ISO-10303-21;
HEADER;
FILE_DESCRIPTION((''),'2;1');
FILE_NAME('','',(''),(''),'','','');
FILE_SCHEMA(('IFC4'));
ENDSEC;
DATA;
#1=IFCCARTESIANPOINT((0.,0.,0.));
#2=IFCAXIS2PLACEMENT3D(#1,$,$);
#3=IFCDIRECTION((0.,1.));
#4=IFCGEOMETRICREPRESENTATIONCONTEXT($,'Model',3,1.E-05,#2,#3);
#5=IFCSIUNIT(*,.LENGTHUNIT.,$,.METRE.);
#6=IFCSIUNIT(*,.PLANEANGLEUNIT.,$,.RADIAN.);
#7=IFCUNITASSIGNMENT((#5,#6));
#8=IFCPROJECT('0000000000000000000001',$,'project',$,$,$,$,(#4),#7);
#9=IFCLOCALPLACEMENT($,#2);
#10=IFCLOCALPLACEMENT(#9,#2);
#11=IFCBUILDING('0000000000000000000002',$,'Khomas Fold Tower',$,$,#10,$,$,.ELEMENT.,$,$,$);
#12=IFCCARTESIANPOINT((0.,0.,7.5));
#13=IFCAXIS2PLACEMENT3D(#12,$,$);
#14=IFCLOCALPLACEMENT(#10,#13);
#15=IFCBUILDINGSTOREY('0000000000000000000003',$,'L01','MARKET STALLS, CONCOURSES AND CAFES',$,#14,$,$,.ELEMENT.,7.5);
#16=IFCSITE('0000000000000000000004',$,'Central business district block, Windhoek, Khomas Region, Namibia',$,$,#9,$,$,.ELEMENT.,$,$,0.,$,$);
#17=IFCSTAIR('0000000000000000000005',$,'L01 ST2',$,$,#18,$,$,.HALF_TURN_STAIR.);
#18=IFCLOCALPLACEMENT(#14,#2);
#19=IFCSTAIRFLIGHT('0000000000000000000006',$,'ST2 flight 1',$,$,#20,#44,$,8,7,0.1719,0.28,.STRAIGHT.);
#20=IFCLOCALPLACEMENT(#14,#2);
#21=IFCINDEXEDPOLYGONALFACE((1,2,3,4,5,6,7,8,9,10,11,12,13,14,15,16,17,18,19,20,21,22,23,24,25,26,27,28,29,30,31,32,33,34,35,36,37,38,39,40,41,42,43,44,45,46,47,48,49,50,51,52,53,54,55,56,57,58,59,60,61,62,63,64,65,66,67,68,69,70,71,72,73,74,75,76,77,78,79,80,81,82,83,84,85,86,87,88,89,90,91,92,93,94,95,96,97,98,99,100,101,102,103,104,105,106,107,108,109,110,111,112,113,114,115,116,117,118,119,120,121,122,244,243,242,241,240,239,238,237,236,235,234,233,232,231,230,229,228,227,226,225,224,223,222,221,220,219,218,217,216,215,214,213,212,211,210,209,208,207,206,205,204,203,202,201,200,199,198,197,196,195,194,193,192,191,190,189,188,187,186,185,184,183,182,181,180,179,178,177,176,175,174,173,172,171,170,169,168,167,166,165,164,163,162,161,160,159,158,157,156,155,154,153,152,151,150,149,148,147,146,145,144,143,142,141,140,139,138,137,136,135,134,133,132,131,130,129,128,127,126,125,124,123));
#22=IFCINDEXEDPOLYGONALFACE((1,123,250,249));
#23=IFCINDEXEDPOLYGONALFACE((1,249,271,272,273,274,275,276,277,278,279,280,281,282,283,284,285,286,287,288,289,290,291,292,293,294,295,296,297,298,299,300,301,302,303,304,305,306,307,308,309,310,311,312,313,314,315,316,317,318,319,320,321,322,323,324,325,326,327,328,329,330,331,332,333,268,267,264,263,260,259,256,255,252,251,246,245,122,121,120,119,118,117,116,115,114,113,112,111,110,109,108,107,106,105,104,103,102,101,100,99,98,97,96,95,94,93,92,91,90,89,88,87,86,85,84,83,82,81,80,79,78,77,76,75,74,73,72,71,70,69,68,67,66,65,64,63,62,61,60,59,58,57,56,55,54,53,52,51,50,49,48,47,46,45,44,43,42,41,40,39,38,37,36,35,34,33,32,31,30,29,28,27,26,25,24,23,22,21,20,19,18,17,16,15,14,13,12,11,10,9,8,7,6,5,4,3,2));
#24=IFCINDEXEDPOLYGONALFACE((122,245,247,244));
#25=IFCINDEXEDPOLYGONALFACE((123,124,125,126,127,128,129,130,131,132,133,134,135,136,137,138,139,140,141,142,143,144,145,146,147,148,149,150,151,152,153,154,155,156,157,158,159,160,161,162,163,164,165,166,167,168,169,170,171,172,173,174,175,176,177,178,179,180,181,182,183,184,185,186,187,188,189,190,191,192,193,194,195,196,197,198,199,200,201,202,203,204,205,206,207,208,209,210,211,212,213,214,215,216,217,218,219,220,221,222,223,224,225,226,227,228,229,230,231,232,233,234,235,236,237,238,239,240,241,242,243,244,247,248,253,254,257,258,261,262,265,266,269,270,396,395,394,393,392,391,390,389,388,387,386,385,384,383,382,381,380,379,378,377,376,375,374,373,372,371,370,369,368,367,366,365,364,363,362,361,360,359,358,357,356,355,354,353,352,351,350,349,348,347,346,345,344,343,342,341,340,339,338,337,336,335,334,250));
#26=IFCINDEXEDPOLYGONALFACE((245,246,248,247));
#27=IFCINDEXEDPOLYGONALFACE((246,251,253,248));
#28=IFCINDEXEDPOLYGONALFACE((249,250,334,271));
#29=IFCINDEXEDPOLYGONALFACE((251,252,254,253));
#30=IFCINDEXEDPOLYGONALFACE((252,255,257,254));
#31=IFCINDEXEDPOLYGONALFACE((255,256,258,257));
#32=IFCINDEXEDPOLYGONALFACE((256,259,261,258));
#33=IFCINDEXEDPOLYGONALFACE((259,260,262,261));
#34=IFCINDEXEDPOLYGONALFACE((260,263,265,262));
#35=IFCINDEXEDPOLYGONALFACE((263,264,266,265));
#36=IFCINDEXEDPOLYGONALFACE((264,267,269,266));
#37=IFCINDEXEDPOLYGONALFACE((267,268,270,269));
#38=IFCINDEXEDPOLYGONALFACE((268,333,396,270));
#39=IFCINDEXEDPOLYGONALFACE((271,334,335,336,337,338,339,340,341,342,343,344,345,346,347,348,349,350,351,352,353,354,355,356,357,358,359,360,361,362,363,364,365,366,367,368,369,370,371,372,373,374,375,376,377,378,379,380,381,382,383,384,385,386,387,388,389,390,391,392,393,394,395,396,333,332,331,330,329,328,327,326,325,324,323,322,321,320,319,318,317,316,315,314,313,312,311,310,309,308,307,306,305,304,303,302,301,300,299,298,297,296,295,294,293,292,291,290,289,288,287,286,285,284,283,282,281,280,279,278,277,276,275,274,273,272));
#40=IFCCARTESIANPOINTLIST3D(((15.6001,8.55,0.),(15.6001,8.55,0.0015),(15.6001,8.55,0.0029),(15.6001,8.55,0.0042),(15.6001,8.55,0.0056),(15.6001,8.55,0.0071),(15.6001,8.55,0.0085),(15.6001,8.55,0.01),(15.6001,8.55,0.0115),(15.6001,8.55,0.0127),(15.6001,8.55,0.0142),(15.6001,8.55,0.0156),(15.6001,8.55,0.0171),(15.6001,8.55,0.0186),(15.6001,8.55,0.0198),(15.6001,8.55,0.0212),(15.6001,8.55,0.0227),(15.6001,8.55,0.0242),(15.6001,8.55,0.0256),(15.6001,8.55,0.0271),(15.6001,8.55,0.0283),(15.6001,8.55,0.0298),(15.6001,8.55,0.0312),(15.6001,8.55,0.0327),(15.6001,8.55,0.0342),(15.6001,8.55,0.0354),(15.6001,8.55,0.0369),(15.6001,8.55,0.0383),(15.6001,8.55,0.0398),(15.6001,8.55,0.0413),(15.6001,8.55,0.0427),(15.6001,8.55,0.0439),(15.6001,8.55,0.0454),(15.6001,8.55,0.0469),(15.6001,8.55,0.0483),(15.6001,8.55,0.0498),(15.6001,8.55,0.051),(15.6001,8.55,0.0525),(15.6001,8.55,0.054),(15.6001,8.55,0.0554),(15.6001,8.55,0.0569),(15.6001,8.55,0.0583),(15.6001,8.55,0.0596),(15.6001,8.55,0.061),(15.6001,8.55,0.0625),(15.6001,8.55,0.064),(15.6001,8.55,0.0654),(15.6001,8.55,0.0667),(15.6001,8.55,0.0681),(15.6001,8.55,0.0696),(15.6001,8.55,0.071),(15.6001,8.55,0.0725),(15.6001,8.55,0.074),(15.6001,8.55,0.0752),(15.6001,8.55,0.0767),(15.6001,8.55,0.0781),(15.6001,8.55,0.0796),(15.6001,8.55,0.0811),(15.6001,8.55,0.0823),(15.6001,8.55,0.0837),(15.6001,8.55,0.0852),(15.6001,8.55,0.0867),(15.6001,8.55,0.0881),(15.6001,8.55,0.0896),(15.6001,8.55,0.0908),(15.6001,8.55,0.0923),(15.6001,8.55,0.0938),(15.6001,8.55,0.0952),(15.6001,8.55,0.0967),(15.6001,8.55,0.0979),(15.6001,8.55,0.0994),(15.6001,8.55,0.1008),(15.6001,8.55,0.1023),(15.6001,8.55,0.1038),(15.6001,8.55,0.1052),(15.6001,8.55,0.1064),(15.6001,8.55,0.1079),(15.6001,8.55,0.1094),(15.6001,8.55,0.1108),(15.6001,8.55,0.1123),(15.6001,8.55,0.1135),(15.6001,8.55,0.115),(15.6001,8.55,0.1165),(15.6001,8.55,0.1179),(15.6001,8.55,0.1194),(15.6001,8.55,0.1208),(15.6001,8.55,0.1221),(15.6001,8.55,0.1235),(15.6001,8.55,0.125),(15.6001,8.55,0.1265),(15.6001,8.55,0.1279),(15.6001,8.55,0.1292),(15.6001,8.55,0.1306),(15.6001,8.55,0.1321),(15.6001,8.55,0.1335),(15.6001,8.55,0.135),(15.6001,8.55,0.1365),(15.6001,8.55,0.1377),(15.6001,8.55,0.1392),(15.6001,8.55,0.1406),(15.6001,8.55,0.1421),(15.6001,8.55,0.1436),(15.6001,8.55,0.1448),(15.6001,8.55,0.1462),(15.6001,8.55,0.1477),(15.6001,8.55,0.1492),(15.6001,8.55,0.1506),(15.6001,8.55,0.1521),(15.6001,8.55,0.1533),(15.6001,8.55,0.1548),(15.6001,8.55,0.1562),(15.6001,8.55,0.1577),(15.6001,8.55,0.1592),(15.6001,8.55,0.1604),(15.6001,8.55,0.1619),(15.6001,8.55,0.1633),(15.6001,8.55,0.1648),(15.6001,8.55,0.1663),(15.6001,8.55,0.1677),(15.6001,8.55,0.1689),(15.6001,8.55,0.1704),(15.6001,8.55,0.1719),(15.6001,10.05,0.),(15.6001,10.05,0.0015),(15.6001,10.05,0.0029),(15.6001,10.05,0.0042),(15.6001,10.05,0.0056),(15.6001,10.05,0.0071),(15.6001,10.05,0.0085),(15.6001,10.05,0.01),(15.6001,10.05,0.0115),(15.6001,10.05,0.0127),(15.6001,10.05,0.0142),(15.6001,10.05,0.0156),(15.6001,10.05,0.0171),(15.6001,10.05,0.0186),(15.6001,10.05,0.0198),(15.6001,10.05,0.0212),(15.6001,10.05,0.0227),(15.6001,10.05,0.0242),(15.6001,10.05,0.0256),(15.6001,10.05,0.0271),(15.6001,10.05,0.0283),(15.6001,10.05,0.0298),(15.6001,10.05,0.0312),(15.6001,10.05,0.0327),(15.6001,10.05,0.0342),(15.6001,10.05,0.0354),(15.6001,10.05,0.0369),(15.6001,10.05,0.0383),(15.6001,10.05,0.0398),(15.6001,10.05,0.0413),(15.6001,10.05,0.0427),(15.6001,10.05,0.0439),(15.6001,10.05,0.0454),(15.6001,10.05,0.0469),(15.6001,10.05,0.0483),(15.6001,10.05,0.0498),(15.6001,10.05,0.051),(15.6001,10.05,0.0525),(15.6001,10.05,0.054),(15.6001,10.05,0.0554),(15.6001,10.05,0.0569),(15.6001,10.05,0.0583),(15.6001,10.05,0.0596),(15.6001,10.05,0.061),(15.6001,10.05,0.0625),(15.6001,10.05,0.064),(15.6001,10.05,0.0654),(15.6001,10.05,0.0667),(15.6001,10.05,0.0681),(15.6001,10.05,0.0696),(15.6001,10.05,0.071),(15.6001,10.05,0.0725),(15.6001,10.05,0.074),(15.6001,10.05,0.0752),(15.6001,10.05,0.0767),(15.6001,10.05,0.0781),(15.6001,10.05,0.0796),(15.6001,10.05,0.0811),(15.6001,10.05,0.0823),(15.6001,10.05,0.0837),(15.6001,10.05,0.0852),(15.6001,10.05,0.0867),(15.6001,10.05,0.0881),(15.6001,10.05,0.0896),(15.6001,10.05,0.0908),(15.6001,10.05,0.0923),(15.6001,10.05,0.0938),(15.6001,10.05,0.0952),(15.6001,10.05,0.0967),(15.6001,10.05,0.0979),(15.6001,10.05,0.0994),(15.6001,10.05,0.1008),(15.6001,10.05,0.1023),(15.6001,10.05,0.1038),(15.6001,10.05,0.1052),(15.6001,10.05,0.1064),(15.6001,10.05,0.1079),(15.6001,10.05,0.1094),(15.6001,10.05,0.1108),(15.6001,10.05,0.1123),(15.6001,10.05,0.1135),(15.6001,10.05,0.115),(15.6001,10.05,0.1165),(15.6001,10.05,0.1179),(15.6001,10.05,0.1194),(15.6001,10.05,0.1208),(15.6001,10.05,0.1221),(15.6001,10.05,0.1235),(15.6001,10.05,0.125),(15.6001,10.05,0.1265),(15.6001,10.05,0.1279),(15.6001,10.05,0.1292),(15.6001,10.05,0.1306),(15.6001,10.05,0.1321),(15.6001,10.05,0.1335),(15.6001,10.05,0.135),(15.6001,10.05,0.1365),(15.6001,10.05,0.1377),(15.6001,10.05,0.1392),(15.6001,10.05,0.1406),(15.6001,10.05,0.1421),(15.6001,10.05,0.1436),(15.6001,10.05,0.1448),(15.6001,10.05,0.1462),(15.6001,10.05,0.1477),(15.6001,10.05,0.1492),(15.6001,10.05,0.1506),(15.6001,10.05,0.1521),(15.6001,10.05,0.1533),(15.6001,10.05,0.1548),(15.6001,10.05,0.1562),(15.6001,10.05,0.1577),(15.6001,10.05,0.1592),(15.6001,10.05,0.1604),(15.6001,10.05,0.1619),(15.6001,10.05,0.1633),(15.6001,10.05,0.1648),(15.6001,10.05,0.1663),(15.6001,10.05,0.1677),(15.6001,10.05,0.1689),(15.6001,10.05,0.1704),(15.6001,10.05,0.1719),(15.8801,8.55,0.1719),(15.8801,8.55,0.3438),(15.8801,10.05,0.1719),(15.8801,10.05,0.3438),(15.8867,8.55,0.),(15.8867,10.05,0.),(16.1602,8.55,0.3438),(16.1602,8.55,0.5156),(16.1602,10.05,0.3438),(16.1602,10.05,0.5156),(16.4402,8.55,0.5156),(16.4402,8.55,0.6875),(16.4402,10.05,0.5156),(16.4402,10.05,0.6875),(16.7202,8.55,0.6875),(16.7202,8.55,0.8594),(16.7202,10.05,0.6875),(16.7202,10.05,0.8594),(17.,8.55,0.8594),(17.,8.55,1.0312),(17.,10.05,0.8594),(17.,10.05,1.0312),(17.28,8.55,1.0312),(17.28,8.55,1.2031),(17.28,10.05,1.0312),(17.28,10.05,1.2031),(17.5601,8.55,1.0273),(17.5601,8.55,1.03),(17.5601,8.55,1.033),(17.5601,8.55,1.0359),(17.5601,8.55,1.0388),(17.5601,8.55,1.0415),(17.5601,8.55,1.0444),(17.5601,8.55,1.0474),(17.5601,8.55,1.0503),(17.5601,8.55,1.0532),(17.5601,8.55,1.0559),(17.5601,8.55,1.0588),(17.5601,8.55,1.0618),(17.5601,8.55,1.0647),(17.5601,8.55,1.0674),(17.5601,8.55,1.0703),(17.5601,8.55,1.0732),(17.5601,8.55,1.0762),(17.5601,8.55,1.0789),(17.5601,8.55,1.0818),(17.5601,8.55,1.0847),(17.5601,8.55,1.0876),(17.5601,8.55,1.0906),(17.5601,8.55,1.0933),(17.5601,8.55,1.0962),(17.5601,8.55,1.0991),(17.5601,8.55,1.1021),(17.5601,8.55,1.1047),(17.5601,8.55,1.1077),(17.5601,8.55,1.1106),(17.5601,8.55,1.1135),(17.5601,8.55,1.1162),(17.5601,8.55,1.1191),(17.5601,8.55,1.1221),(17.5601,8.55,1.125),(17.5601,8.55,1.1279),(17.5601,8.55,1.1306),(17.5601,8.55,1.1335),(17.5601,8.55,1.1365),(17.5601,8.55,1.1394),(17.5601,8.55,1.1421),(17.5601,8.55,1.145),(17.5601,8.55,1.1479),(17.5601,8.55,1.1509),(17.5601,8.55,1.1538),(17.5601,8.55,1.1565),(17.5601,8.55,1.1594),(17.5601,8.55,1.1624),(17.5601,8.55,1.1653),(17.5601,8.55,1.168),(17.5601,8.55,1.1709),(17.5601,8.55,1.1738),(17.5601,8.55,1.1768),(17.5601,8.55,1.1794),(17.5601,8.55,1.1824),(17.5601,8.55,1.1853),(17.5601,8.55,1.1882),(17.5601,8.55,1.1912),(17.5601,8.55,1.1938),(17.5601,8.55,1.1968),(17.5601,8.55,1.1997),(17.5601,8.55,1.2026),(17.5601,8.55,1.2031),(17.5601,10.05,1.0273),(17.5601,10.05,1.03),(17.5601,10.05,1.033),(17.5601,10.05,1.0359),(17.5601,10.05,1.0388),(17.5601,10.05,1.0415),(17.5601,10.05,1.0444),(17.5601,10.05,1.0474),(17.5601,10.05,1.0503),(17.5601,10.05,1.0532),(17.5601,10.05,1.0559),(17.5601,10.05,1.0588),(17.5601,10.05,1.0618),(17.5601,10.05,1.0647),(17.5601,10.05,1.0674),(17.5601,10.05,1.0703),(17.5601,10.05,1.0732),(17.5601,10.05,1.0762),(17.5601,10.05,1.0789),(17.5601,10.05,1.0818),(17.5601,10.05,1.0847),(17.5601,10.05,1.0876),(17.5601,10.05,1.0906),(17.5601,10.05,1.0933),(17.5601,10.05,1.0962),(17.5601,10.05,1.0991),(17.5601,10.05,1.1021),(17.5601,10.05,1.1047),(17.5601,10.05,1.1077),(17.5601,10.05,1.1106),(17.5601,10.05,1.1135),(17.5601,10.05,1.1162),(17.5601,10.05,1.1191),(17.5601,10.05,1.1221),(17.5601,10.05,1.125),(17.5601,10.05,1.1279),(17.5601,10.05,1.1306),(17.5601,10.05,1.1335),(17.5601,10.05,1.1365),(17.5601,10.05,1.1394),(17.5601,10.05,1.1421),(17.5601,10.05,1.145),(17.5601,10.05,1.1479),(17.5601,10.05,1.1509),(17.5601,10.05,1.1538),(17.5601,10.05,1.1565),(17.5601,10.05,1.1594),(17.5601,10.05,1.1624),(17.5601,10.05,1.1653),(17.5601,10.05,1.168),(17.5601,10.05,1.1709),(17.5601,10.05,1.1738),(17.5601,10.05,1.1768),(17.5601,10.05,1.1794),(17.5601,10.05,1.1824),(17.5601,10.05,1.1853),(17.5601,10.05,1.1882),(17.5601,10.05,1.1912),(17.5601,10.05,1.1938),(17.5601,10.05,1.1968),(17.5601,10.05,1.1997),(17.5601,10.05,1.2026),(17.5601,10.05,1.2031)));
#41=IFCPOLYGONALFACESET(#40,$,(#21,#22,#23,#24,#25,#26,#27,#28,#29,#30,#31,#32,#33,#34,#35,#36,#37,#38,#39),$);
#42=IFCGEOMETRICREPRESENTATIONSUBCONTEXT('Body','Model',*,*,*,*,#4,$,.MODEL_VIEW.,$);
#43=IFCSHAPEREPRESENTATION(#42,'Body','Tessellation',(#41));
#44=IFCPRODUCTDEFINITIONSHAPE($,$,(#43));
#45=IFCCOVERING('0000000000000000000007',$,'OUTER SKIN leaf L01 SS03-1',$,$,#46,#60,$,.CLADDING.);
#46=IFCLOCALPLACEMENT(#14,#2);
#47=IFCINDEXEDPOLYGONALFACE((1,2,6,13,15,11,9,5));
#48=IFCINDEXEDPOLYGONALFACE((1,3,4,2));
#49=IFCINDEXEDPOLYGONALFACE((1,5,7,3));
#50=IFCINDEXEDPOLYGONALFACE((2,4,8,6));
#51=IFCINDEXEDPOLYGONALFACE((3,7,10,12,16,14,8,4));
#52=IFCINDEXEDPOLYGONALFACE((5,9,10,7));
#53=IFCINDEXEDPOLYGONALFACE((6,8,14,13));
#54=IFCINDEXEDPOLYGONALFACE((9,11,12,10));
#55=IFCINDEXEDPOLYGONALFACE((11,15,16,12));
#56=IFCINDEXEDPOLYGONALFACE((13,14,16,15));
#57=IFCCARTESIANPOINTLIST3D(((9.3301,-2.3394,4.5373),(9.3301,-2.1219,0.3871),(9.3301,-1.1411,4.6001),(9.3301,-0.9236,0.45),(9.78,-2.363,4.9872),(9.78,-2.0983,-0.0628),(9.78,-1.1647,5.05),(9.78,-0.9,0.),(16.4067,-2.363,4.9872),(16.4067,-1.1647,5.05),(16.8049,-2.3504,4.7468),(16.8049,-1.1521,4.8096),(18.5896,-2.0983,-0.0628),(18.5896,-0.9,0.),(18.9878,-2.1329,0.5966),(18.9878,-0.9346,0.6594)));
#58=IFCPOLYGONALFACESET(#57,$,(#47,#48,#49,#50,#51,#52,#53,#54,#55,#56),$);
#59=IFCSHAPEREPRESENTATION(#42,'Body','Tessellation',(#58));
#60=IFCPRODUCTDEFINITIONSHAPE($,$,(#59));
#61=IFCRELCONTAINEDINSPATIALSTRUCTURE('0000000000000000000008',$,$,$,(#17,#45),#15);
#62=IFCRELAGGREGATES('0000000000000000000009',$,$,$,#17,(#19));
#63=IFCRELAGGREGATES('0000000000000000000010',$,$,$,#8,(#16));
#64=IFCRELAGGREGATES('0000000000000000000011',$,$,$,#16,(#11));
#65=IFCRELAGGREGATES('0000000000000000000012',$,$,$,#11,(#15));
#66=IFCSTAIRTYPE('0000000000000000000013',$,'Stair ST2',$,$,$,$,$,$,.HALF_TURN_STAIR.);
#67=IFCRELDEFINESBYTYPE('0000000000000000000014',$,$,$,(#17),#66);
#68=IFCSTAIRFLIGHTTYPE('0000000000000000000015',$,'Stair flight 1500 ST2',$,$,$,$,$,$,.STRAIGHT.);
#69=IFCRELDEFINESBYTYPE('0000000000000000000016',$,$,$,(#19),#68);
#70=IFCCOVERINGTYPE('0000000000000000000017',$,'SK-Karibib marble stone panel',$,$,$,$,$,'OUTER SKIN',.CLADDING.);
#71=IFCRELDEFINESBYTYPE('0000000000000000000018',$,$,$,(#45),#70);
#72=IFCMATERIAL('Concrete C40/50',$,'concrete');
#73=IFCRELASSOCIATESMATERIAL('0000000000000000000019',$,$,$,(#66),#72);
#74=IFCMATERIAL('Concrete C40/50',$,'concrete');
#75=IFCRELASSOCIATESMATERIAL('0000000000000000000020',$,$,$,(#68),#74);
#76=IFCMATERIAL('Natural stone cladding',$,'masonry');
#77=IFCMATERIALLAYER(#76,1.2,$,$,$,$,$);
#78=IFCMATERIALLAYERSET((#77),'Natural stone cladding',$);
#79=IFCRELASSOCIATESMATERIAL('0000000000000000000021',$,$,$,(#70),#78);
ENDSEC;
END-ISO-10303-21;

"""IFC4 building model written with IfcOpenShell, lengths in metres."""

from ifc_helpers import new_model, si_unit, direction, frame, origin, place, context, subcontext, project, spatial, polyline, outline, extrude, source, transform, mapped, material, layer, layer_set, type_object, element, aggregate, save


model = new_model("IFC4")

# Units and contexts
model_context = context("Model", 3, precision=1e-05, world=origin(), true_north=direction((0.0, 1.0)))
body_context = subcontext(model_context, "Body", "Model", "MODEL_VIEW")
ifc_project = project(units=[si_unit("LENGTHUNIT", "METRE"), si_unit("PLANEANGLEUNIT", "RADIAN")], contexts=[model_context])

# Site, building, storey
site_placement = place(None, origin())
site = spatial("IfcSite", under=ifc_project, at=site_placement, Name="Central business district block, Windhoek, Khomas Region, Namibia", CompositionType="ELEMENT", RefElevation=0.0)
building_placement = place(site_placement, origin())
building = spatial("IfcBuilding", under=site, at=building_placement, Name="Khomas Fold Tower", CompositionType="ELEMENT")
storey_placement = place(building_placement, frame((0.0, 0.0, 7.5)))
storey = spatial("IfcBuildingStorey", under=building, at=storey_placement, Name="L01", Description="MARKET STALLS, CONCOURSES AND CAFES", CompositionType="ELEMENT", Elevation=7.5)

# Stair, stair flight
ifc_material_1 = material(Name="Concrete C40/50", Category="concrete")
stair_type = type_object("IfcStairType", Name="Stair ST2", PredefinedType="HALF_TURN_STAIR", material=ifc_material_1)
stair_placement = place(storey_placement, origin())
stair = element("IfcStair", 1, at=stair_placement, inside=storey, type_object=stair_type, Name="L01 ST2", PredefinedType="HALF_TURN_STAIR")
ifc_material_2 = material(Name="Concrete C40/50", Category="concrete")
stair_flight_type = type_object("IfcStairFlightType", Name="Stair flight 1500 ST2", PredefinedType="STRAIGHT", material=ifc_material_2)
shared_shape_1 = source(origin(), body_context, "Body", "SweptSolid", [
    extrude(outline(polyline([(0.0, 0.0), (0.0, 0.0015), (0.0, 0.0029), (0.0, 0.0042), (0.0, 0.0056), (0.0, 0.0071), (0.0, 0.0085), (0.0, 0.01), (0.0, 0.0115), (0.0, 0.0127), (0.0, 0.0142), (0.0, 0.0156), (0.0, 0.0171), (0.0, 0.0186), (0.0, 0.0198), (0.0, 0.0212), (0.0, 0.0227), (0.0, 0.0242), (0.0, 0.0256), (0.0, 0.0271), (0.0, 0.0283), (0.0, 0.0298), (0.0, 0.0312), (0.0, 0.0327), (0.0, 0.0342), (0.0, 0.0354), (0.0, 0.0369), (0.0, 0.0383), (0.0, 0.0398), (0.0, 0.0413), (0.0, 0.0427), (0.0, 0.0439), (0.0, 0.0454), (0.0, 0.0469), (0.0, 0.0483), (0.0, 0.0498), (0.0, 0.051), (0.0, 0.0525), (0.0, 0.054), (0.0, 0.0554), (0.0, 0.0569), (0.0, 0.0583), (0.0, 0.0596), (0.0, 0.061), (0.0, 0.0625), (0.0, 0.064), (0.0, 0.0654), (0.0, 0.0667), (0.0, 0.0681), (0.0, 0.0696), (0.0, 0.071), (0.0, 0.0725), (0.0, 0.074), (0.0, 0.0752), (0.0, 0.0767), (0.0, 0.0781), (0.0, 0.0796), (0.0, 0.0811), (0.0, 0.0823), (0.0, 0.0837), (0.0, 0.0852), (0.0, 0.0867), (0.0, 0.0881), (0.0, 0.0896), (0.0, 0.0908), (0.0, 0.0923), (0.0, 0.0938), (0.0, 0.0952), (0.0, 0.0967), (0.0, 0.0979), (0.0, 0.0994), (0.0, 0.1008), (0.0, 0.1023), (0.0, 0.1038), (0.0, 0.1052), (0.0, 0.1064), (0.0, 0.1079), (0.0, 0.1094), (0.0, 0.1108), (0.0, 0.1123), (0.0, 0.1135), (0.0, 0.115), (0.0, 0.1165), (0.0, 0.1179), (0.0, 0.1194), (0.0, 0.1208), (0.0, 0.1221), (0.0, 0.1235), (0.0, 0.125), (0.0, 0.1265), (0.0, 0.1279), (0.0, 0.1292), (0.0, 0.1306), (0.0, 0.1321), (0.0, 0.1335), (0.0, 0.135), (0.0, 0.1365), (0.0, 0.1377), (0.0, 0.1392), (0.0, 0.1406), (0.0, 0.1421), (0.0, 0.1436), (0.0, 0.1448), (0.0, 0.1462), (0.0, 0.1477), (0.0, 0.1492), (0.0, 0.1506), (0.0, 0.1521), (0.0, 0.1533), (0.0, 0.1548), (0.0, 0.1562), (0.0, 0.1577), (0.0, 0.1592), (0.0, 0.1604), (0.0, 0.1619), (0.0, 0.1633), (0.0, 0.1648), (0.0, 0.1663), (0.0, 0.1677), (0.0, 0.1689), (0.0, 0.1704), (0.0, 0.1719), (0.28, 0.1719), (0.28, 0.3438), (0.5601, 0.3438), (0.5601, 0.5156), (0.8401, 0.5156), (0.8401, 0.6875), (1.1201, 0.6875), (1.1201, 0.8594), (1.3999, 0.8594), (1.3999, 1.0312), (1.6799, 1.0312), (1.6799, 1.2031), (1.96, 1.2031), (1.96, 1.375), (1.96, 1.3721), (1.96, 1.3691), (1.96, 1.3665), (1.96, 1.3635), (1.96, 1.3606), (1.96, 1.3577), (1.96, 1.355), (1.96, 1.3521), (1.96, 1.3491), (1.96, 1.3462), (1.96, 1.3435), (1.96, 1.3406), (1.96, 1.3376), (1.96, 1.3347), (1.96, 1.3318), (1.96, 1.3291), (1.96, 1.3262), (1.96, 1.3232), (1.96, 1.3203), (1.96, 1.3176), (1.96, 1.3147), (1.96, 1.3118), (1.96, 1.3088), (1.96, 1.3059), (1.96, 1.3032), (1.96, 1.3003), (1.96, 1.2974), (1.96, 1.2944), (1.96, 1.2917), (1.96, 1.2888), (1.96, 1.2859), (1.96, 1.283), (1.96, 1.2803), (1.96, 1.2773), (1.96, 1.2744), (1.96, 1.2715), (1.96, 1.2686), (1.96, 1.2659), (1.96, 1.2629), (1.96, 1.26), (1.96, 1.2571), (1.96, 1.2544), (1.96, 1.2515), (1.96, 1.2485), (1.96, 1.2456), (1.96, 1.2427), (1.96, 1.24), (1.96, 1.2371), (1.96, 1.2341), (1.96, 1.2312), (1.96, 1.2285), (1.96, 1.2256), (1.96, 1.2227), (1.96, 1.2197), (1.96, 1.217), (1.96, 1.2141), (1.96, 1.2112), (1.96, 1.2083), (1.96, 1.2053), (1.96, 1.2026), (1.96, 1.1997), (1.96, 1.1968), (1.96, 1.1938), (1.96, 1.1912), (1.96, 1.1882), (1.96, 1.1853), (1.96, 1.1824), (1.96, 1.1794), (1.96, 1.1768), (1.96, 1.1738), (1.96, 1.1709), (1.96, 1.168), (1.96, 1.1653), (1.96, 1.1624), (1.96, 1.1594), (1.96, 1.1565), (1.96, 1.1538), (1.96, 1.1509), (1.96, 1.1479), (1.96, 1.145), (1.96, 1.1421), (1.96, 1.1394), (1.96, 1.1365), (1.96, 1.1335), (1.96, 1.1306), (1.96, 1.1279), (1.96, 1.125), (1.96, 1.1221), (1.96, 1.1191), (1.96, 1.1162), (1.96, 1.1135), (1.96, 1.1106), (1.96, 1.1077), (1.96, 1.1047), (1.96, 1.1021), (1.96, 1.0991), (1.96, 1.0962), (1.96, 1.0933), (1.96, 1.0906), (1.96, 1.0876), (1.96, 1.0847), (1.96, 1.0818), (1.96, 1.0789), (1.96, 1.0762), (1.96, 1.0732), (1.96, 1.0703), (1.96, 1.0674), (1.96, 1.0647), (1.96, 1.0618), (1.96, 1.0588), (1.96, 1.0559), (1.96, 1.0532), (1.96, 1.0503), (1.96, 1.0474), (1.96, 1.0444), (1.96, 1.0415), (1.96, 1.0388), (1.96, 1.0359), (1.96, 1.033), (1.96, 1.03), (1.96, 1.0273), (0.2866, 0.0), (0.0, 0.0)])), frame((0.0, 0.75, 0.0), z_axis=(0.0, -1.0, 0.0), x_axis=(1.0, 0.0, 0.0)), (0.0, 0.0, 1.0), 1.5),
])
stair_flight_1_placement = place(storey_placement, frame((15.6001, 9.3, 0.0), z_axis=(0.0, 0.0, 1.0), x_axis=(1.0, 0.0, 0.0)))
stair_flight_1 = element("IfcStairFlight", 2, at=stair_flight_1_placement, type_object=stair_flight_type, Name="ST2 flight 1", NumberOfRisers=8, NumberOfTreads=7, PredefinedType="STRAIGHT", RiserHeight=0.1719, TreadLength=0.28, context=body_context, shape_type="MappedRepresentation", body=[
    mapped(shared_shape_1, transform((0.0, 0.0, 0.0))),
])
aggregate(stair, [stair_flight_1])

# Covering
ifc_material_3 = material(Name="Natural stone cladding", Category="masonry")
ifc_layer_1 = layer(ifc_material_3, 1.2)
ifc_layer_set_1 = layer_set([ifc_layer_1], Name="Natural stone cladding")
covering_type = type_object("IfcCoveringType", Name="SK-Karibib marble stone panel", ElementType="OUTER SKIN", PredefinedType="CLADDING", material=ifc_layer_set_1)
covering_placement = place(storey_placement, frame((9.3301, -0.9236, 0.45), z_axis=(0.000001, 0.998629, 0.05234), x_axis=(0.0, -0.05234, 0.998629)))
element("IfcCovering", 3, at=covering_placement, inside=storey, type_object=covering_type, Name="OUTER SKIN leaf L01 SS03-1", PredefinedType="CLADDING", context=body_context, shape_type="SweptSolid", body=[
    extrude(outline(polyline([(0.0, 0.0), (4.1558, 0.0), (4.6064, 0.45), (4.6064, 7.0767), (4.3656, 7.4749), (0.2098, 9.6577), (-0.4506, 9.2595), (-0.4506, 0.45), (0.0, 0.0)])), origin(), (0.0, 0.0, -1.0), 1.2),
])

save(model, "model.ifc")
